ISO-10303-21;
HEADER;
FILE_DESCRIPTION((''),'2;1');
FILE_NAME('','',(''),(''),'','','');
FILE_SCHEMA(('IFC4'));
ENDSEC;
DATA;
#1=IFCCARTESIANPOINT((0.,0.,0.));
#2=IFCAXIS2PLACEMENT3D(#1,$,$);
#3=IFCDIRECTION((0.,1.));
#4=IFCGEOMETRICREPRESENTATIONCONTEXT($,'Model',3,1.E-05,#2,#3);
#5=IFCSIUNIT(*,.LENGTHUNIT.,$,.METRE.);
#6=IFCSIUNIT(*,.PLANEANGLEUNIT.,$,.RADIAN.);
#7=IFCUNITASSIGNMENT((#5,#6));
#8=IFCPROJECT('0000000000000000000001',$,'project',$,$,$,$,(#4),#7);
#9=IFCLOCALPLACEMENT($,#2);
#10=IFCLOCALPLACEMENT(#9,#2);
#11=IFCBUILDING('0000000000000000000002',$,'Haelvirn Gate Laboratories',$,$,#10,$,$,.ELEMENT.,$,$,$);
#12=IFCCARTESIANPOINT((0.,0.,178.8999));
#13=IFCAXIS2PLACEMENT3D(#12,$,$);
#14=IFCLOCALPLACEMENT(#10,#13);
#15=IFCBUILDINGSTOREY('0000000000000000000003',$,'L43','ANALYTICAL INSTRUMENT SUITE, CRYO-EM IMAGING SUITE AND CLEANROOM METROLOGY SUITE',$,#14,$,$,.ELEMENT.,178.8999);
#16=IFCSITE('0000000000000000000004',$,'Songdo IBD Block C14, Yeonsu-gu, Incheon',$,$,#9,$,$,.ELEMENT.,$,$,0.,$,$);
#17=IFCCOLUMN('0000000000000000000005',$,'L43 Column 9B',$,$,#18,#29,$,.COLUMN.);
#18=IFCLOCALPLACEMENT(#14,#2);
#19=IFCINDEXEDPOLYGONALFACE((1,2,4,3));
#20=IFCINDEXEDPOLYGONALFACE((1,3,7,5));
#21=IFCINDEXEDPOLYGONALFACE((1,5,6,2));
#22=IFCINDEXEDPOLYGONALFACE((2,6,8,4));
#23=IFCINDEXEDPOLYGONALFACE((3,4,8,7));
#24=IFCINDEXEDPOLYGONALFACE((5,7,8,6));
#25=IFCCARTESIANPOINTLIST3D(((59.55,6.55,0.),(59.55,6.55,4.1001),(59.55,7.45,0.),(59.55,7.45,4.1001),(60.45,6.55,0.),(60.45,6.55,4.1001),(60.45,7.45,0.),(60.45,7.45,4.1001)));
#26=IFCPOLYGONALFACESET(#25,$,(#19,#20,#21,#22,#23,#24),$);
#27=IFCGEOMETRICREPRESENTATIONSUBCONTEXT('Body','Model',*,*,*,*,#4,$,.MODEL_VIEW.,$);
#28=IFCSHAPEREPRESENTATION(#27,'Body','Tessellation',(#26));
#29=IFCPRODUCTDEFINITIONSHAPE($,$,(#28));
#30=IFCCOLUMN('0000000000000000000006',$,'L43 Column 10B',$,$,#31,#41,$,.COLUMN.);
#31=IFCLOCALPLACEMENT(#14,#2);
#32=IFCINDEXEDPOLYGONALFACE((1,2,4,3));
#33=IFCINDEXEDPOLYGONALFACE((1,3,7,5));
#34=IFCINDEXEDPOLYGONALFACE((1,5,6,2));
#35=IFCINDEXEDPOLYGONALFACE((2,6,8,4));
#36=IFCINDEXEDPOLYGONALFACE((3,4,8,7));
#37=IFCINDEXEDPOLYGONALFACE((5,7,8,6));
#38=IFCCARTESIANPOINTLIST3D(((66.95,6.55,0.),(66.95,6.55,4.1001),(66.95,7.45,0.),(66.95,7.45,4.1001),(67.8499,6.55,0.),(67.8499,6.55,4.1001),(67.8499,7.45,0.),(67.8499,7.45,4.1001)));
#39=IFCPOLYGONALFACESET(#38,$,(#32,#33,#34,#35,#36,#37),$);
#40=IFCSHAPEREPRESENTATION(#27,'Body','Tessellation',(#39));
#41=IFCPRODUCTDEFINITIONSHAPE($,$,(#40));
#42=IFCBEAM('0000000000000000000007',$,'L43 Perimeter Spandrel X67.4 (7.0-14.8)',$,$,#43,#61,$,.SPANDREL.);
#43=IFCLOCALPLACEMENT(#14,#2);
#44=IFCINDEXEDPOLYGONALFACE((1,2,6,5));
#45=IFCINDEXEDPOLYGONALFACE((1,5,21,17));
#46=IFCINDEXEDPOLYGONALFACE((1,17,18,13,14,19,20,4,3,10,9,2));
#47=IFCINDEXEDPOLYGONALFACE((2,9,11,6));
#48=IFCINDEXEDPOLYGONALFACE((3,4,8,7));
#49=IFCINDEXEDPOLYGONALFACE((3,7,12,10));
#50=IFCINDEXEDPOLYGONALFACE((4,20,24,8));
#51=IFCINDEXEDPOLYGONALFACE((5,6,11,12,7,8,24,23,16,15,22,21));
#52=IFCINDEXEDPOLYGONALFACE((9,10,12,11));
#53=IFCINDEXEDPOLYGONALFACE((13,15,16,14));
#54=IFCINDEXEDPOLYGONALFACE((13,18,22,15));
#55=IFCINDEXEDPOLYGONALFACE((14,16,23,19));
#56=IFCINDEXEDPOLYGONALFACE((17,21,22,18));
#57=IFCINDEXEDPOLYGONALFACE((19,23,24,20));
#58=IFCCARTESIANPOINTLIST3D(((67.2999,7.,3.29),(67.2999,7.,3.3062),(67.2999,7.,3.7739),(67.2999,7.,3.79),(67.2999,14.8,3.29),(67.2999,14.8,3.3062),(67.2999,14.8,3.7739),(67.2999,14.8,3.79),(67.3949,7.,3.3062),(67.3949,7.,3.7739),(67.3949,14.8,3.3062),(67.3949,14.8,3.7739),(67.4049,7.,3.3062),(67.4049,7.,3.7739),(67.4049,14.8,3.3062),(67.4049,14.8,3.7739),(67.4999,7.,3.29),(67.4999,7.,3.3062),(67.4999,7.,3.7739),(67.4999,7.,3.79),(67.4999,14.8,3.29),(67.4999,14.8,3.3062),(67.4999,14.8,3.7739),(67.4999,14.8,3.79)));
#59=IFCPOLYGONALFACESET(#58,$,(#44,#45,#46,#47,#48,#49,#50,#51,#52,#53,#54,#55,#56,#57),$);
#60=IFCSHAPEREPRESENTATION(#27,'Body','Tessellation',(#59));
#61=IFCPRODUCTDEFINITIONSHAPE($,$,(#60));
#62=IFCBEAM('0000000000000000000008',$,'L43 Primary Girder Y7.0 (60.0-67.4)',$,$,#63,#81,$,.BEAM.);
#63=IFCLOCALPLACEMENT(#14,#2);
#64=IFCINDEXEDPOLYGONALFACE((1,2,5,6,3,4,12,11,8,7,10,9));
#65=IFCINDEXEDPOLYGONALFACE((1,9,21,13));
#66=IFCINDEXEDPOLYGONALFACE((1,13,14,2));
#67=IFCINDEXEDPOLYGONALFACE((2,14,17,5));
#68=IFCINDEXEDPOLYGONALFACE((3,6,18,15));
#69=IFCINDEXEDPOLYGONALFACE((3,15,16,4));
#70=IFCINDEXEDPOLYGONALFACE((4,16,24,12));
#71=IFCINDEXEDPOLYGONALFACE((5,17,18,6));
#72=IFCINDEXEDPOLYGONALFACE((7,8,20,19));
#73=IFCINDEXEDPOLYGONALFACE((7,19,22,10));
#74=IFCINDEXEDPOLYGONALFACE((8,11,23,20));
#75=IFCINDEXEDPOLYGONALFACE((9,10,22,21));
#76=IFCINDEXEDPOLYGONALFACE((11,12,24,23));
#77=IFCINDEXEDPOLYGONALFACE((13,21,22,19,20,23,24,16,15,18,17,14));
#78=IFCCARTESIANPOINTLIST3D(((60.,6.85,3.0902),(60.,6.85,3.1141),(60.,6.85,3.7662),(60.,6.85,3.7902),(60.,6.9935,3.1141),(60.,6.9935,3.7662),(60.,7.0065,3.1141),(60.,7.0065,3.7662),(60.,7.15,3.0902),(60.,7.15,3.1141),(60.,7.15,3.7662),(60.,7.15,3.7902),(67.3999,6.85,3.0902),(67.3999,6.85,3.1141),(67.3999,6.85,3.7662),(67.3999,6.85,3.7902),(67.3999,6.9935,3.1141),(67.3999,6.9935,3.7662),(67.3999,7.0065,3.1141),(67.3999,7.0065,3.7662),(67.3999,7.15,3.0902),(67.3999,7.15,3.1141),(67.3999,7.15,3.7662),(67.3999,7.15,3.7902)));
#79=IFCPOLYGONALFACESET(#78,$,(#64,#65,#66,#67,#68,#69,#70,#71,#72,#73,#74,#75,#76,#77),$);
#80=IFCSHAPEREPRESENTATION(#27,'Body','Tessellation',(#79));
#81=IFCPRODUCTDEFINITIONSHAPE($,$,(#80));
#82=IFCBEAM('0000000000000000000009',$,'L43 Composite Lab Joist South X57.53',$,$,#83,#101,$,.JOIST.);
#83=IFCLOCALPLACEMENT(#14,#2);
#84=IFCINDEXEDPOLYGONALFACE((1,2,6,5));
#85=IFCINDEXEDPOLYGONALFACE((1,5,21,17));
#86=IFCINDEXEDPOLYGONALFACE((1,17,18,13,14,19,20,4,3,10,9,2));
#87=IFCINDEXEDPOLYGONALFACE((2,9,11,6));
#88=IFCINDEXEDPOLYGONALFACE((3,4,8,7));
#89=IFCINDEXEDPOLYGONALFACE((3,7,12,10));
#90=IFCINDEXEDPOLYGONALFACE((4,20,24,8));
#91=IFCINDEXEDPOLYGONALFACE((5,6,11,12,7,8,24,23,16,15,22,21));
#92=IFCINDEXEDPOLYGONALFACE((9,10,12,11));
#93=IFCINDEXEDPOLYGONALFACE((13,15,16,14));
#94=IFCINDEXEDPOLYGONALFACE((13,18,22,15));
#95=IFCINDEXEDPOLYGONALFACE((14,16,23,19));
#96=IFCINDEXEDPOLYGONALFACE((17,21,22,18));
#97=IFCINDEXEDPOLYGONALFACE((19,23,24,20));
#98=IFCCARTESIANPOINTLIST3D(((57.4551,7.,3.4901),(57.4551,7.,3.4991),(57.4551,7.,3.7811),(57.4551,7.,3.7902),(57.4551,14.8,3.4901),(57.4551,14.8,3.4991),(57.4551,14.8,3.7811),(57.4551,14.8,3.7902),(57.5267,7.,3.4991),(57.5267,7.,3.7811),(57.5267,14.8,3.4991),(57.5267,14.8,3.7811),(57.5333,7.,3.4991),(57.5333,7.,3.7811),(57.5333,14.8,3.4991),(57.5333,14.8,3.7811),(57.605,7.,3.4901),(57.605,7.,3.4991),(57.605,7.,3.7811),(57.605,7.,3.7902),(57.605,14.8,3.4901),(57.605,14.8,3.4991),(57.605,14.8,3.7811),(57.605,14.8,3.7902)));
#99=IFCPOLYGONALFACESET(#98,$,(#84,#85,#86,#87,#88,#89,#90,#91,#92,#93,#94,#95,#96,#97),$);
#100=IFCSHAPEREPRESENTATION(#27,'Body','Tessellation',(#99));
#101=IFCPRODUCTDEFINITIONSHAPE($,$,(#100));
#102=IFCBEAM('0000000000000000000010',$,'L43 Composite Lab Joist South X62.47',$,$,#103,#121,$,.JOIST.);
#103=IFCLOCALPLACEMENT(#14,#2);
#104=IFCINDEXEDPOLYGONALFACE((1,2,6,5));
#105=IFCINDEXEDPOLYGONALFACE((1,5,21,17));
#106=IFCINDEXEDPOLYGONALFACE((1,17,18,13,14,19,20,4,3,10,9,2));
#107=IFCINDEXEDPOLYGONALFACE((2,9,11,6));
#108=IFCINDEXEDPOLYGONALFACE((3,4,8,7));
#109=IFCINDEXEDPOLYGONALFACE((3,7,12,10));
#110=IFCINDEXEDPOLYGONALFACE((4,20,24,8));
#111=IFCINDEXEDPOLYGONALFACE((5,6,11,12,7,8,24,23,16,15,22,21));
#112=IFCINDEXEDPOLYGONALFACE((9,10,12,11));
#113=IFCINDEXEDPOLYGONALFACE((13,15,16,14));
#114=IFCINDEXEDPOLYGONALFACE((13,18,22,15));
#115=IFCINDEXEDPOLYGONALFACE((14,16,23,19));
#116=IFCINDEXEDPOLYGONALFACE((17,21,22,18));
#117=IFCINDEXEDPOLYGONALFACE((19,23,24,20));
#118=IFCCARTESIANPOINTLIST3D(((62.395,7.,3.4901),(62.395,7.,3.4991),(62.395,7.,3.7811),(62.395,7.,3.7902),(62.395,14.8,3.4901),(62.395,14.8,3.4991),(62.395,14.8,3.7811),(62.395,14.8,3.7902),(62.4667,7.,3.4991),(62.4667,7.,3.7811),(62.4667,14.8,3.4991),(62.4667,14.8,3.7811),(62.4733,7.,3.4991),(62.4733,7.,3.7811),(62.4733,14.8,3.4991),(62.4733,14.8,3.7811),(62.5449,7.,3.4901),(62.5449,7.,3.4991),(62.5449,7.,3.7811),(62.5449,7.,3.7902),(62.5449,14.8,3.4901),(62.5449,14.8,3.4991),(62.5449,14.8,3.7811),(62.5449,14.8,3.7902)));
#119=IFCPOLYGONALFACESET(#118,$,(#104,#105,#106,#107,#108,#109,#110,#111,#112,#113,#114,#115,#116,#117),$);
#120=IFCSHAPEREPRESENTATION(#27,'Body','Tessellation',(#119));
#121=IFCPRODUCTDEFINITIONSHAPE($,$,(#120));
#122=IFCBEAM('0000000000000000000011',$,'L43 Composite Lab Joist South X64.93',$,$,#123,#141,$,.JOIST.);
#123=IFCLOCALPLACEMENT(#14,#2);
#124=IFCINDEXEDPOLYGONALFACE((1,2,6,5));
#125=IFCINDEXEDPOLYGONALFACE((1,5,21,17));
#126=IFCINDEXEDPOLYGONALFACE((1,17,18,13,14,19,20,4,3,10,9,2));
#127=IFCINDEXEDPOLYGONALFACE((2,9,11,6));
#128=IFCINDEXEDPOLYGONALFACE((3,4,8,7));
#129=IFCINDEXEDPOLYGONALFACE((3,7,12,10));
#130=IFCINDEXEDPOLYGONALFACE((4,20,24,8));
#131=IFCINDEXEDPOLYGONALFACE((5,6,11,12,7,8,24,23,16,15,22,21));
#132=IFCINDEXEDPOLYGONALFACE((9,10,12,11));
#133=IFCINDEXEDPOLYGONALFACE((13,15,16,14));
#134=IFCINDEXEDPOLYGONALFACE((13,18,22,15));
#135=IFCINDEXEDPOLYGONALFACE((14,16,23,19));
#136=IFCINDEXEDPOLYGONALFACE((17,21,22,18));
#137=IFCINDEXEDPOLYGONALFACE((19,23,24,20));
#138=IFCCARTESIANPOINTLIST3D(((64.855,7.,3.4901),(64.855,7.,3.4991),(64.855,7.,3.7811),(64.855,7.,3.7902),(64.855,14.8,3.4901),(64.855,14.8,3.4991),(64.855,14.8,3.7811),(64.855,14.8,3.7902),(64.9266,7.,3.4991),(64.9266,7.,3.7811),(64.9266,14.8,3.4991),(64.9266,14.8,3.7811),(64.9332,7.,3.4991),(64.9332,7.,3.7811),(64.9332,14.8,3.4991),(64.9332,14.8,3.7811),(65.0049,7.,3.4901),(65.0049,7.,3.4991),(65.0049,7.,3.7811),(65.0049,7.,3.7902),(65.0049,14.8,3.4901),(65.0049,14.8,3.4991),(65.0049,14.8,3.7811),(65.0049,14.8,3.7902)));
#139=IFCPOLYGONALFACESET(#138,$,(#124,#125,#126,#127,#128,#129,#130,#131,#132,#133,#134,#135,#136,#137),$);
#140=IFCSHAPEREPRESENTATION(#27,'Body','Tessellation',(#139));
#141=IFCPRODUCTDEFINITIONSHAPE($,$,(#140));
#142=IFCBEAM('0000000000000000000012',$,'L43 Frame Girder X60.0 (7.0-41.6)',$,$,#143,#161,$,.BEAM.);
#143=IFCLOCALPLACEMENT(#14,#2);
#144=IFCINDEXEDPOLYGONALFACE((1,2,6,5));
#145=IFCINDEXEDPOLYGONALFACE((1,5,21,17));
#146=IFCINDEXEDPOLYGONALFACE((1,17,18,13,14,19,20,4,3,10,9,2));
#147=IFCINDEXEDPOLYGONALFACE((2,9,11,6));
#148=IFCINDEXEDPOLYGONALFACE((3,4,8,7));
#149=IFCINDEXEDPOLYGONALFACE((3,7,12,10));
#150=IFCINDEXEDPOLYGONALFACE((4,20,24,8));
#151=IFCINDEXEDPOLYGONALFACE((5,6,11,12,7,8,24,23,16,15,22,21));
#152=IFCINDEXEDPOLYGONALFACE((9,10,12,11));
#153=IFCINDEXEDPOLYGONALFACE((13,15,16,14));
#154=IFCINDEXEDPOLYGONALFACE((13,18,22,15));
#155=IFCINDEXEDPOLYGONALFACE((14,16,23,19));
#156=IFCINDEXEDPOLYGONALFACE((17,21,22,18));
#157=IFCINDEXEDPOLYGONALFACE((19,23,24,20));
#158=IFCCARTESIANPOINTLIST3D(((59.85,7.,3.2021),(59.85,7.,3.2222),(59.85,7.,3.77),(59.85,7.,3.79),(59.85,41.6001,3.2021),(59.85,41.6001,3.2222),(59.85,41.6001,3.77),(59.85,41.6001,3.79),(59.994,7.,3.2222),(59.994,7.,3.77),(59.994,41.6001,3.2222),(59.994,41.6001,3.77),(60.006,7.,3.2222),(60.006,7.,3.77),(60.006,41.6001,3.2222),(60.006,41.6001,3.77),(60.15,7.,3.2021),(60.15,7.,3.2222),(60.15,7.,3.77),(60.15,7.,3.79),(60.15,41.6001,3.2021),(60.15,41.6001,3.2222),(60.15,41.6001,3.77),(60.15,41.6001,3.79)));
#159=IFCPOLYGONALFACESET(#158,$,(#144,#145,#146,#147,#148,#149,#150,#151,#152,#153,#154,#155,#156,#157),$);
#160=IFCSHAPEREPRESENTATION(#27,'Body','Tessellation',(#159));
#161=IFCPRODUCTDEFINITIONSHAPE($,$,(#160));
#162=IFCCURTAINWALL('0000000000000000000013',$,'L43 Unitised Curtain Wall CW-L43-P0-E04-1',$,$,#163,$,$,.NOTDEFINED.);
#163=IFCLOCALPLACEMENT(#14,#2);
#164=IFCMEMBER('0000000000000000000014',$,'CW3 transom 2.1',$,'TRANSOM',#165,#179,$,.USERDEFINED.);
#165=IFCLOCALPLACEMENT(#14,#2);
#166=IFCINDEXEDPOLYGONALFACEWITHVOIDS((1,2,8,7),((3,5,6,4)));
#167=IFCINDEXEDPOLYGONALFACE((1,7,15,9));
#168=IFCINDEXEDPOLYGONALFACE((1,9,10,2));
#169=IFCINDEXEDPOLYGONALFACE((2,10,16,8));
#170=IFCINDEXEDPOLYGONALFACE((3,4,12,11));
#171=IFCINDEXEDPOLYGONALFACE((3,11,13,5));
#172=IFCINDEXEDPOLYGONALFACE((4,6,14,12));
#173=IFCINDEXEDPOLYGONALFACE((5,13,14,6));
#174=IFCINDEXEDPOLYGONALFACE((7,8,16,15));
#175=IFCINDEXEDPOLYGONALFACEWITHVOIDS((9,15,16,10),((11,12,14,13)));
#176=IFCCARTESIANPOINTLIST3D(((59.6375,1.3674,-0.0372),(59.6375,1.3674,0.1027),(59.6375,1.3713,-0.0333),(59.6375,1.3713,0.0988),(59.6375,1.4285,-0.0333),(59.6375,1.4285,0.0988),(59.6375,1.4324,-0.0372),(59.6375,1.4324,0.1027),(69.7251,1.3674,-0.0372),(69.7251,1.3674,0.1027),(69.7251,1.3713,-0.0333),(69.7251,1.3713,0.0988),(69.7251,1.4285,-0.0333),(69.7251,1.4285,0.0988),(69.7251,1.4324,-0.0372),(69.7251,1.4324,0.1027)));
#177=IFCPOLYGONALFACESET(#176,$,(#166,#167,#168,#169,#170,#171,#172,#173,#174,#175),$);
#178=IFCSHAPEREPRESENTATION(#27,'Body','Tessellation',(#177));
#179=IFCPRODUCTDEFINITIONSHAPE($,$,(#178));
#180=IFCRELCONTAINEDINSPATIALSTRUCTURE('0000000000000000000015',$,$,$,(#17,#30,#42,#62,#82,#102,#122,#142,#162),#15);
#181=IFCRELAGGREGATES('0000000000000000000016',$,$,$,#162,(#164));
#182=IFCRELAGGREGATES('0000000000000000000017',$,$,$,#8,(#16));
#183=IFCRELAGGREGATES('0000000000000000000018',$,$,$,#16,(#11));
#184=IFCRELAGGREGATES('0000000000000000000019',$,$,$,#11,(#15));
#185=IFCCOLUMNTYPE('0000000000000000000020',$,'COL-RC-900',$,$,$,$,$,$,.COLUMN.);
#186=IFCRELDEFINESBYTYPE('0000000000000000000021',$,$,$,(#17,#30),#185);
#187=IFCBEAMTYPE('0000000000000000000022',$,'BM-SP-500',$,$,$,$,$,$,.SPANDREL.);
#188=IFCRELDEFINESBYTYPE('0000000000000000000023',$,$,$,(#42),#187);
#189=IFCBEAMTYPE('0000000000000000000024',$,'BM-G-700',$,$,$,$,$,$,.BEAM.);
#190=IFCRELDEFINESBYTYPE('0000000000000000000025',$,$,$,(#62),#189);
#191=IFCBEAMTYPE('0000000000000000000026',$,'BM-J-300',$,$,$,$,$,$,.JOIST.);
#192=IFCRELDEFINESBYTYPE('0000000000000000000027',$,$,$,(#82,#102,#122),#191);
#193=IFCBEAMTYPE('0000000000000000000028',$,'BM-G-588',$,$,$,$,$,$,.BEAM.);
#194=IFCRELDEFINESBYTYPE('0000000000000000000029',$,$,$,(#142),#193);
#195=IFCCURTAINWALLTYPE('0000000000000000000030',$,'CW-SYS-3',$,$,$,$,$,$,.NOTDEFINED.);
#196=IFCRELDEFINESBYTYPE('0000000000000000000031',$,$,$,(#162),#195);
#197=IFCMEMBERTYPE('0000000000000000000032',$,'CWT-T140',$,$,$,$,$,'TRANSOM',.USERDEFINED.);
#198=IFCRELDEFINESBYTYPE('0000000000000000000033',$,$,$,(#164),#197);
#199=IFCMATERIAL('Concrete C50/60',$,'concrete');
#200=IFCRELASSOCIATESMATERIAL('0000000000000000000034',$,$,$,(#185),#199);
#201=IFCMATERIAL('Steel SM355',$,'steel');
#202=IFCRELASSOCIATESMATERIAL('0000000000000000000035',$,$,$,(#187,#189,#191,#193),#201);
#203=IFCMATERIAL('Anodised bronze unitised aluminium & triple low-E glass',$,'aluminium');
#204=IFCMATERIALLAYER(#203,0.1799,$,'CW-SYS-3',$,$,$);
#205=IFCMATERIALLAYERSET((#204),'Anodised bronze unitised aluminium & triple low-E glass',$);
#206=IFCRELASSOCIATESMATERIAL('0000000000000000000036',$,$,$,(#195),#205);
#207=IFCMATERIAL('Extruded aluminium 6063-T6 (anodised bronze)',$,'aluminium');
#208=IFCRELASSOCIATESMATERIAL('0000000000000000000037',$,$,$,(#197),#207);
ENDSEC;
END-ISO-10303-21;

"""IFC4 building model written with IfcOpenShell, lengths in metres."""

from ifc_helpers import new_model, si_unit, direction, frame, origin, origin_2d, place, context, subcontext, project, spatial, rectangle, hollow_rectangle, i_section, extrude, source, transform, mapped, material, layer, layer_set, material_profile, profile_set, type_object, type_shapes, element, aggregate, save


model = new_model("IFC4")

# Units and contexts
model_context = context("Model", 3, precision=1e-05, world=origin(), true_north=direction((0.0, 1.0)))
body_context = subcontext(model_context, "Body", "Model", "MODEL_VIEW")
ifc_project = project(units=[si_unit("LENGTHUNIT", "METRE"), si_unit("PLANEANGLEUNIT", "RADIAN")], contexts=[model_context])

# Site, building, storey
site_placement = place(None, origin())
site = spatial("IfcSite", under=ifc_project, at=site_placement, Name="Songdo IBD Block C14, Yeonsu-gu, Incheon", CompositionType="ELEMENT", RefElevation=0.0)
building_placement = place(site_placement, origin())
building = spatial("IfcBuilding", under=site, at=building_placement, Name="Haelvirn Gate Laboratories", CompositionType="ELEMENT")
storey_placement = place(building_placement, frame((0.0, 0.0, 178.8999)))
storey = spatial("IfcBuildingStorey", under=building, at=storey_placement, Name="L43", Description="ANALYTICAL INSTRUMENT SUITE, CRYO-EM IMAGING SUITE AND CLEANROOM METROLOGY SUITE", CompositionType="ELEMENT", Elevation=178.8999)

# Columns
ifc_material_1 = material(Name="Concrete C50/60", Category="concrete")
ifc_material_profile_1 = material_profile(ifc_material_1, rectangle(XDim=0.8999, YDim=0.8999, at=origin_2d()), Name="RC-900x900")
ifc_profile_set_1 = profile_set([ifc_material_profile_1], Name="Concrete C50/60")
column_type = type_object("IfcColumnType", Name="COL-RC-900", PredefinedType="COLUMN", material=ifc_profile_set_1)
shared_shape_1 = source(origin(), body_context, "Body", "SweptSolid", [
    extrude(rectangle(XDim=0.8999, YDim=0.8999, at=origin_2d()), origin(), (0.0, 0.0, 1.0), 4.1001),
])
type_shapes(column_type, [shared_shape_1])
for number, where, z_axis, x_axis, name in (
    (1, (60.0, 7.0, 0.0), (0.0, 0.0, 1.0), (1.0, 0.0, 0.0), "L43 Column 9B"),
    (2, (67.3999, 7.0, 0.0), (0.0, 0.0, 1.0), (1.0, 0.0, 0.0), "L43 Column 10B"),
):
    element("IfcColumn", number, at=place(storey_placement, frame(where, z_axis=z_axis, x_axis=x_axis)), inside=storey, type_object=column_type, Name=name, PredefinedType="COLUMN", context=body_context, shape_type="MappedRepresentation", body=[
        mapped(shared_shape_1, transform((0.0, 0.0, 0.0), scale=1.0)),
    ])

# Beams
ifc_material_2 = material(Name="Steel SM355", Category="steel")
ifc_material_profile_2 = material_profile(ifc_material_2, i_section(OverallWidth=0.2, OverallDepth=0.5, WebThickness=0.01, FlangeThickness=0.0161, at=origin_2d()), Name="H-500x200x10x16")
ifc_profile_set_2 = profile_set([ifc_material_profile_2], Name="Steel SM355")
beam_type_1 = type_object("IfcBeamType", Name="BM-SP-500", PredefinedType="SPANDREL", material=ifc_profile_set_2)
shared_shape_2 = source(origin(), body_context, "Body", "SweptSolid", [
    extrude(i_section(OverallWidth=0.2, OverallDepth=0.5, WebThickness=0.01, FlangeThickness=0.0161, at=origin_2d()), origin(), (0.0, 0.0, 1.0), 7.8),
])
type_shapes(beam_type_1, [shared_shape_2])
beam_1_placement = place(storey_placement, frame((67.3999, 7.0, 3.54), z_axis=(0.0, 1.0, 0.0), x_axis=(-1.0, 0.0, 0.0)))
element("IfcBeam", 3, at=beam_1_placement, inside=storey, type_object=beam_type_1, Name="L43 Perimeter Spandrel X67.4 (7.0-14.8)", PredefinedType="SPANDREL", context=body_context, shape_type="MappedRepresentation", body=[
    mapped(shared_shape_2, transform((0.0, 0.0, 0.0), scale=1.0)),
])
ifc_material_profile_3 = material_profile(ifc_material_2, i_section(OverallWidth=0.3, OverallDepth=0.7, WebThickness=0.0129, FlangeThickness=0.0239, at=origin_2d()), Name="H-700x300x13x24")
ifc_profile_set_3 = profile_set([ifc_material_profile_3], Name="Steel SM355")
beam_type_2 = type_object("IfcBeamType", Name="BM-G-700", PredefinedType="BEAM", material=ifc_profile_set_3)
shared_shape_3 = source(origin(), body_context, "Body", "SweptSolid", [
    extrude(i_section(OverallWidth=0.3, OverallDepth=0.7, WebThickness=0.0129, FlangeThickness=0.0239, at=origin_2d()), origin(), (0.0, 0.0, 1.0), 7.3999),
])
type_shapes(beam_type_2, [shared_shape_3])
beam_2_placement = place(storey_placement, frame((60.0, 7.0, 3.4402), z_axis=(1.0, 0.0, 0.0), x_axis=(0.0, 1.0, 0.0)))
element("IfcBeam", 4, at=beam_2_placement, inside=storey, type_object=beam_type_2, Name="L43 Primary Girder Y7.0 (60.0-67.4)", PredefinedType="BEAM", context=body_context, shape_type="MappedRepresentation", body=[
    mapped(shared_shape_3, transform((0.0, 0.0, 0.0), scale=1.0)),
])
ifc_material_profile_4 = material_profile(ifc_material_2, i_section(OverallWidth=0.1499, OverallDepth=0.3, WebThickness=0.0066, FlangeThickness=0.009, at=origin_2d()), Name="H-300x150x6.5x9")
ifc_profile_set_4 = profile_set([ifc_material_profile_4], Name="Steel SM355")
beam_type_3 = type_object("IfcBeamType", Name="BM-J-300", PredefinedType="JOIST", material=ifc_profile_set_4)
shared_shape_4 = source(origin(), body_context, "Body", "SweptSolid", [
    extrude(i_section(OverallWidth=0.1499, OverallDepth=0.3, WebThickness=0.0066, FlangeThickness=0.009, at=origin_2d()), origin(), (0.0, 0.0, 1.0), 7.8),
])
type_shapes(beam_type_3, [shared_shape_4])
for number, where, z_axis, x_axis, name in (
    (5, (57.53, 7.0, 3.6401), (0.0, 1.0, 0.0), (-1.0, 0.0, 0.0), "L43 Composite Lab Joist South X57.53"),
    (6, (62.47, 7.0, 3.6401), (0.0, 1.0, 0.0), (-1.0, 0.0, 0.0), "L43 Composite Lab Joist South X62.47"),
    (7, (64.9299, 7.0, 3.6401), (0.0, 1.0, 0.0), (-1.0, 0.0, 0.0), "L43 Composite Lab Joist South X64.93"),
):
    element("IfcBeam", number, at=place(storey_placement, frame(where, z_axis=z_axis, x_axis=x_axis)), inside=storey, type_object=beam_type_3, Name=name, PredefinedType="JOIST", context=body_context, shape_type="MappedRepresentation", body=[
        mapped(shared_shape_4, transform((0.0, 0.0, 0.0), scale=1.0)),
    ])
ifc_material_profile_5 = material_profile(ifc_material_2, i_section(OverallWidth=0.3, OverallDepth=0.5879, WebThickness=0.012, FlangeThickness=0.02, at=origin_2d()), Name="H-588x300x12x20")
ifc_profile_set_5 = profile_set([ifc_material_profile_5], Name="Steel SM355")
beam_type_4 = type_object("IfcBeamType", Name="BM-G-588", PredefinedType="BEAM", material=ifc_profile_set_5)
shared_shape_5 = source(origin(), body_context, "Body", "SweptSolid", [
    extrude(i_section(OverallWidth=0.3, OverallDepth=0.5879, WebThickness=0.012, FlangeThickness=0.02, at=origin_2d()), origin(), (0.0, 0.0, 1.0), 34.6001),
])
type_shapes(beam_type_4, [shared_shape_5])
beam_3_placement = place(storey_placement, frame((60.0, 7.0, 3.4961), z_axis=(0.0, 1.0, 0.0), x_axis=(-1.0, 0.0, 0.0)))
element("IfcBeam", 8, at=beam_3_placement, inside=storey, type_object=beam_type_4, Name="L43 Frame Girder X60.0 (7.0-41.6)", PredefinedType="BEAM", context=body_context, shape_type="MappedRepresentation", body=[
    mapped(shared_shape_5, transform((0.0, 0.0, 0.0), scale=1.0)),
])

# Curtain wall, member
ifc_material_3 = material(Name="Anodised bronze unitised aluminium & triple low-E glass", Category="aluminium")
ifc_layer_1 = layer(ifc_material_3, 0.1799, Name="CW-SYS-3")
ifc_layer_set_1 = layer_set([ifc_layer_1], Name="Anodised bronze unitised aluminium & triple low-E glass")
curtain_wall_type_1 = type_object("IfcCurtainWallType", Name="CW-SYS-3", PredefinedType="NOTDEFINED", material=ifc_layer_set_1)
curtain_wall_1_placement = place(storey_placement, origin())
curtain_wall_1 = element("IfcCurtainWall", 9, at=curtain_wall_1_placement, inside=storey, type_object=curtain_wall_type_1, Name="L43 Unitised Curtain Wall CW-L43-P0-E04-1", PredefinedType="NOTDEFINED")
ifc_material_4 = material(Name="Extruded aluminium 6063-T6 (anodised bronze)", Category="aluminium")
ifc_material_profile_6 = material_profile(ifc_material_4, hollow_rectangle(XDim=0.0649, YDim=0.1399, WallThickness=0.0039, at=origin_2d()), Name="CWT-140x65x4")
ifc_profile_set_6 = profile_set([ifc_material_profile_6], Name="Extruded aluminium 6063-T6 (anodised bronze)")
member_type_1 = type_object("IfcMemberType", Name="CWT-T140", ElementType="TRANSOM", PredefinedType="USERDEFINED", material=ifc_profile_set_6)
shared_shape_6 = source(origin(), body_context, "Body", "SweptSolid", [
    extrude(hollow_rectangle(XDim=0.0649, YDim=0.1399, WallThickness=0.0039, at=origin_2d()), origin(), (0.0, 0.0, 1.0), 10.0876),
])
member_1_placement = place(storey_placement, frame((59.6375, 1.3999, 0.0327), z_axis=(1.0, 0.0, 0.0), x_axis=(0.0, 1.0, 0.0)))
member_1 = element("IfcMember", 10, at=member_1_placement, type_object=member_type_1, Name="CW3 transom 2.1", ObjectType="TRANSOM", PredefinedType="USERDEFINED", context=body_context, shape_type="MappedRepresentation", body=[
    mapped(shared_shape_6, transform((0.0, 0.0, 0.0), scale=1.0)),
])

aggregate(curtain_wall_1, [member_1])

save(model, "model.ifc")
